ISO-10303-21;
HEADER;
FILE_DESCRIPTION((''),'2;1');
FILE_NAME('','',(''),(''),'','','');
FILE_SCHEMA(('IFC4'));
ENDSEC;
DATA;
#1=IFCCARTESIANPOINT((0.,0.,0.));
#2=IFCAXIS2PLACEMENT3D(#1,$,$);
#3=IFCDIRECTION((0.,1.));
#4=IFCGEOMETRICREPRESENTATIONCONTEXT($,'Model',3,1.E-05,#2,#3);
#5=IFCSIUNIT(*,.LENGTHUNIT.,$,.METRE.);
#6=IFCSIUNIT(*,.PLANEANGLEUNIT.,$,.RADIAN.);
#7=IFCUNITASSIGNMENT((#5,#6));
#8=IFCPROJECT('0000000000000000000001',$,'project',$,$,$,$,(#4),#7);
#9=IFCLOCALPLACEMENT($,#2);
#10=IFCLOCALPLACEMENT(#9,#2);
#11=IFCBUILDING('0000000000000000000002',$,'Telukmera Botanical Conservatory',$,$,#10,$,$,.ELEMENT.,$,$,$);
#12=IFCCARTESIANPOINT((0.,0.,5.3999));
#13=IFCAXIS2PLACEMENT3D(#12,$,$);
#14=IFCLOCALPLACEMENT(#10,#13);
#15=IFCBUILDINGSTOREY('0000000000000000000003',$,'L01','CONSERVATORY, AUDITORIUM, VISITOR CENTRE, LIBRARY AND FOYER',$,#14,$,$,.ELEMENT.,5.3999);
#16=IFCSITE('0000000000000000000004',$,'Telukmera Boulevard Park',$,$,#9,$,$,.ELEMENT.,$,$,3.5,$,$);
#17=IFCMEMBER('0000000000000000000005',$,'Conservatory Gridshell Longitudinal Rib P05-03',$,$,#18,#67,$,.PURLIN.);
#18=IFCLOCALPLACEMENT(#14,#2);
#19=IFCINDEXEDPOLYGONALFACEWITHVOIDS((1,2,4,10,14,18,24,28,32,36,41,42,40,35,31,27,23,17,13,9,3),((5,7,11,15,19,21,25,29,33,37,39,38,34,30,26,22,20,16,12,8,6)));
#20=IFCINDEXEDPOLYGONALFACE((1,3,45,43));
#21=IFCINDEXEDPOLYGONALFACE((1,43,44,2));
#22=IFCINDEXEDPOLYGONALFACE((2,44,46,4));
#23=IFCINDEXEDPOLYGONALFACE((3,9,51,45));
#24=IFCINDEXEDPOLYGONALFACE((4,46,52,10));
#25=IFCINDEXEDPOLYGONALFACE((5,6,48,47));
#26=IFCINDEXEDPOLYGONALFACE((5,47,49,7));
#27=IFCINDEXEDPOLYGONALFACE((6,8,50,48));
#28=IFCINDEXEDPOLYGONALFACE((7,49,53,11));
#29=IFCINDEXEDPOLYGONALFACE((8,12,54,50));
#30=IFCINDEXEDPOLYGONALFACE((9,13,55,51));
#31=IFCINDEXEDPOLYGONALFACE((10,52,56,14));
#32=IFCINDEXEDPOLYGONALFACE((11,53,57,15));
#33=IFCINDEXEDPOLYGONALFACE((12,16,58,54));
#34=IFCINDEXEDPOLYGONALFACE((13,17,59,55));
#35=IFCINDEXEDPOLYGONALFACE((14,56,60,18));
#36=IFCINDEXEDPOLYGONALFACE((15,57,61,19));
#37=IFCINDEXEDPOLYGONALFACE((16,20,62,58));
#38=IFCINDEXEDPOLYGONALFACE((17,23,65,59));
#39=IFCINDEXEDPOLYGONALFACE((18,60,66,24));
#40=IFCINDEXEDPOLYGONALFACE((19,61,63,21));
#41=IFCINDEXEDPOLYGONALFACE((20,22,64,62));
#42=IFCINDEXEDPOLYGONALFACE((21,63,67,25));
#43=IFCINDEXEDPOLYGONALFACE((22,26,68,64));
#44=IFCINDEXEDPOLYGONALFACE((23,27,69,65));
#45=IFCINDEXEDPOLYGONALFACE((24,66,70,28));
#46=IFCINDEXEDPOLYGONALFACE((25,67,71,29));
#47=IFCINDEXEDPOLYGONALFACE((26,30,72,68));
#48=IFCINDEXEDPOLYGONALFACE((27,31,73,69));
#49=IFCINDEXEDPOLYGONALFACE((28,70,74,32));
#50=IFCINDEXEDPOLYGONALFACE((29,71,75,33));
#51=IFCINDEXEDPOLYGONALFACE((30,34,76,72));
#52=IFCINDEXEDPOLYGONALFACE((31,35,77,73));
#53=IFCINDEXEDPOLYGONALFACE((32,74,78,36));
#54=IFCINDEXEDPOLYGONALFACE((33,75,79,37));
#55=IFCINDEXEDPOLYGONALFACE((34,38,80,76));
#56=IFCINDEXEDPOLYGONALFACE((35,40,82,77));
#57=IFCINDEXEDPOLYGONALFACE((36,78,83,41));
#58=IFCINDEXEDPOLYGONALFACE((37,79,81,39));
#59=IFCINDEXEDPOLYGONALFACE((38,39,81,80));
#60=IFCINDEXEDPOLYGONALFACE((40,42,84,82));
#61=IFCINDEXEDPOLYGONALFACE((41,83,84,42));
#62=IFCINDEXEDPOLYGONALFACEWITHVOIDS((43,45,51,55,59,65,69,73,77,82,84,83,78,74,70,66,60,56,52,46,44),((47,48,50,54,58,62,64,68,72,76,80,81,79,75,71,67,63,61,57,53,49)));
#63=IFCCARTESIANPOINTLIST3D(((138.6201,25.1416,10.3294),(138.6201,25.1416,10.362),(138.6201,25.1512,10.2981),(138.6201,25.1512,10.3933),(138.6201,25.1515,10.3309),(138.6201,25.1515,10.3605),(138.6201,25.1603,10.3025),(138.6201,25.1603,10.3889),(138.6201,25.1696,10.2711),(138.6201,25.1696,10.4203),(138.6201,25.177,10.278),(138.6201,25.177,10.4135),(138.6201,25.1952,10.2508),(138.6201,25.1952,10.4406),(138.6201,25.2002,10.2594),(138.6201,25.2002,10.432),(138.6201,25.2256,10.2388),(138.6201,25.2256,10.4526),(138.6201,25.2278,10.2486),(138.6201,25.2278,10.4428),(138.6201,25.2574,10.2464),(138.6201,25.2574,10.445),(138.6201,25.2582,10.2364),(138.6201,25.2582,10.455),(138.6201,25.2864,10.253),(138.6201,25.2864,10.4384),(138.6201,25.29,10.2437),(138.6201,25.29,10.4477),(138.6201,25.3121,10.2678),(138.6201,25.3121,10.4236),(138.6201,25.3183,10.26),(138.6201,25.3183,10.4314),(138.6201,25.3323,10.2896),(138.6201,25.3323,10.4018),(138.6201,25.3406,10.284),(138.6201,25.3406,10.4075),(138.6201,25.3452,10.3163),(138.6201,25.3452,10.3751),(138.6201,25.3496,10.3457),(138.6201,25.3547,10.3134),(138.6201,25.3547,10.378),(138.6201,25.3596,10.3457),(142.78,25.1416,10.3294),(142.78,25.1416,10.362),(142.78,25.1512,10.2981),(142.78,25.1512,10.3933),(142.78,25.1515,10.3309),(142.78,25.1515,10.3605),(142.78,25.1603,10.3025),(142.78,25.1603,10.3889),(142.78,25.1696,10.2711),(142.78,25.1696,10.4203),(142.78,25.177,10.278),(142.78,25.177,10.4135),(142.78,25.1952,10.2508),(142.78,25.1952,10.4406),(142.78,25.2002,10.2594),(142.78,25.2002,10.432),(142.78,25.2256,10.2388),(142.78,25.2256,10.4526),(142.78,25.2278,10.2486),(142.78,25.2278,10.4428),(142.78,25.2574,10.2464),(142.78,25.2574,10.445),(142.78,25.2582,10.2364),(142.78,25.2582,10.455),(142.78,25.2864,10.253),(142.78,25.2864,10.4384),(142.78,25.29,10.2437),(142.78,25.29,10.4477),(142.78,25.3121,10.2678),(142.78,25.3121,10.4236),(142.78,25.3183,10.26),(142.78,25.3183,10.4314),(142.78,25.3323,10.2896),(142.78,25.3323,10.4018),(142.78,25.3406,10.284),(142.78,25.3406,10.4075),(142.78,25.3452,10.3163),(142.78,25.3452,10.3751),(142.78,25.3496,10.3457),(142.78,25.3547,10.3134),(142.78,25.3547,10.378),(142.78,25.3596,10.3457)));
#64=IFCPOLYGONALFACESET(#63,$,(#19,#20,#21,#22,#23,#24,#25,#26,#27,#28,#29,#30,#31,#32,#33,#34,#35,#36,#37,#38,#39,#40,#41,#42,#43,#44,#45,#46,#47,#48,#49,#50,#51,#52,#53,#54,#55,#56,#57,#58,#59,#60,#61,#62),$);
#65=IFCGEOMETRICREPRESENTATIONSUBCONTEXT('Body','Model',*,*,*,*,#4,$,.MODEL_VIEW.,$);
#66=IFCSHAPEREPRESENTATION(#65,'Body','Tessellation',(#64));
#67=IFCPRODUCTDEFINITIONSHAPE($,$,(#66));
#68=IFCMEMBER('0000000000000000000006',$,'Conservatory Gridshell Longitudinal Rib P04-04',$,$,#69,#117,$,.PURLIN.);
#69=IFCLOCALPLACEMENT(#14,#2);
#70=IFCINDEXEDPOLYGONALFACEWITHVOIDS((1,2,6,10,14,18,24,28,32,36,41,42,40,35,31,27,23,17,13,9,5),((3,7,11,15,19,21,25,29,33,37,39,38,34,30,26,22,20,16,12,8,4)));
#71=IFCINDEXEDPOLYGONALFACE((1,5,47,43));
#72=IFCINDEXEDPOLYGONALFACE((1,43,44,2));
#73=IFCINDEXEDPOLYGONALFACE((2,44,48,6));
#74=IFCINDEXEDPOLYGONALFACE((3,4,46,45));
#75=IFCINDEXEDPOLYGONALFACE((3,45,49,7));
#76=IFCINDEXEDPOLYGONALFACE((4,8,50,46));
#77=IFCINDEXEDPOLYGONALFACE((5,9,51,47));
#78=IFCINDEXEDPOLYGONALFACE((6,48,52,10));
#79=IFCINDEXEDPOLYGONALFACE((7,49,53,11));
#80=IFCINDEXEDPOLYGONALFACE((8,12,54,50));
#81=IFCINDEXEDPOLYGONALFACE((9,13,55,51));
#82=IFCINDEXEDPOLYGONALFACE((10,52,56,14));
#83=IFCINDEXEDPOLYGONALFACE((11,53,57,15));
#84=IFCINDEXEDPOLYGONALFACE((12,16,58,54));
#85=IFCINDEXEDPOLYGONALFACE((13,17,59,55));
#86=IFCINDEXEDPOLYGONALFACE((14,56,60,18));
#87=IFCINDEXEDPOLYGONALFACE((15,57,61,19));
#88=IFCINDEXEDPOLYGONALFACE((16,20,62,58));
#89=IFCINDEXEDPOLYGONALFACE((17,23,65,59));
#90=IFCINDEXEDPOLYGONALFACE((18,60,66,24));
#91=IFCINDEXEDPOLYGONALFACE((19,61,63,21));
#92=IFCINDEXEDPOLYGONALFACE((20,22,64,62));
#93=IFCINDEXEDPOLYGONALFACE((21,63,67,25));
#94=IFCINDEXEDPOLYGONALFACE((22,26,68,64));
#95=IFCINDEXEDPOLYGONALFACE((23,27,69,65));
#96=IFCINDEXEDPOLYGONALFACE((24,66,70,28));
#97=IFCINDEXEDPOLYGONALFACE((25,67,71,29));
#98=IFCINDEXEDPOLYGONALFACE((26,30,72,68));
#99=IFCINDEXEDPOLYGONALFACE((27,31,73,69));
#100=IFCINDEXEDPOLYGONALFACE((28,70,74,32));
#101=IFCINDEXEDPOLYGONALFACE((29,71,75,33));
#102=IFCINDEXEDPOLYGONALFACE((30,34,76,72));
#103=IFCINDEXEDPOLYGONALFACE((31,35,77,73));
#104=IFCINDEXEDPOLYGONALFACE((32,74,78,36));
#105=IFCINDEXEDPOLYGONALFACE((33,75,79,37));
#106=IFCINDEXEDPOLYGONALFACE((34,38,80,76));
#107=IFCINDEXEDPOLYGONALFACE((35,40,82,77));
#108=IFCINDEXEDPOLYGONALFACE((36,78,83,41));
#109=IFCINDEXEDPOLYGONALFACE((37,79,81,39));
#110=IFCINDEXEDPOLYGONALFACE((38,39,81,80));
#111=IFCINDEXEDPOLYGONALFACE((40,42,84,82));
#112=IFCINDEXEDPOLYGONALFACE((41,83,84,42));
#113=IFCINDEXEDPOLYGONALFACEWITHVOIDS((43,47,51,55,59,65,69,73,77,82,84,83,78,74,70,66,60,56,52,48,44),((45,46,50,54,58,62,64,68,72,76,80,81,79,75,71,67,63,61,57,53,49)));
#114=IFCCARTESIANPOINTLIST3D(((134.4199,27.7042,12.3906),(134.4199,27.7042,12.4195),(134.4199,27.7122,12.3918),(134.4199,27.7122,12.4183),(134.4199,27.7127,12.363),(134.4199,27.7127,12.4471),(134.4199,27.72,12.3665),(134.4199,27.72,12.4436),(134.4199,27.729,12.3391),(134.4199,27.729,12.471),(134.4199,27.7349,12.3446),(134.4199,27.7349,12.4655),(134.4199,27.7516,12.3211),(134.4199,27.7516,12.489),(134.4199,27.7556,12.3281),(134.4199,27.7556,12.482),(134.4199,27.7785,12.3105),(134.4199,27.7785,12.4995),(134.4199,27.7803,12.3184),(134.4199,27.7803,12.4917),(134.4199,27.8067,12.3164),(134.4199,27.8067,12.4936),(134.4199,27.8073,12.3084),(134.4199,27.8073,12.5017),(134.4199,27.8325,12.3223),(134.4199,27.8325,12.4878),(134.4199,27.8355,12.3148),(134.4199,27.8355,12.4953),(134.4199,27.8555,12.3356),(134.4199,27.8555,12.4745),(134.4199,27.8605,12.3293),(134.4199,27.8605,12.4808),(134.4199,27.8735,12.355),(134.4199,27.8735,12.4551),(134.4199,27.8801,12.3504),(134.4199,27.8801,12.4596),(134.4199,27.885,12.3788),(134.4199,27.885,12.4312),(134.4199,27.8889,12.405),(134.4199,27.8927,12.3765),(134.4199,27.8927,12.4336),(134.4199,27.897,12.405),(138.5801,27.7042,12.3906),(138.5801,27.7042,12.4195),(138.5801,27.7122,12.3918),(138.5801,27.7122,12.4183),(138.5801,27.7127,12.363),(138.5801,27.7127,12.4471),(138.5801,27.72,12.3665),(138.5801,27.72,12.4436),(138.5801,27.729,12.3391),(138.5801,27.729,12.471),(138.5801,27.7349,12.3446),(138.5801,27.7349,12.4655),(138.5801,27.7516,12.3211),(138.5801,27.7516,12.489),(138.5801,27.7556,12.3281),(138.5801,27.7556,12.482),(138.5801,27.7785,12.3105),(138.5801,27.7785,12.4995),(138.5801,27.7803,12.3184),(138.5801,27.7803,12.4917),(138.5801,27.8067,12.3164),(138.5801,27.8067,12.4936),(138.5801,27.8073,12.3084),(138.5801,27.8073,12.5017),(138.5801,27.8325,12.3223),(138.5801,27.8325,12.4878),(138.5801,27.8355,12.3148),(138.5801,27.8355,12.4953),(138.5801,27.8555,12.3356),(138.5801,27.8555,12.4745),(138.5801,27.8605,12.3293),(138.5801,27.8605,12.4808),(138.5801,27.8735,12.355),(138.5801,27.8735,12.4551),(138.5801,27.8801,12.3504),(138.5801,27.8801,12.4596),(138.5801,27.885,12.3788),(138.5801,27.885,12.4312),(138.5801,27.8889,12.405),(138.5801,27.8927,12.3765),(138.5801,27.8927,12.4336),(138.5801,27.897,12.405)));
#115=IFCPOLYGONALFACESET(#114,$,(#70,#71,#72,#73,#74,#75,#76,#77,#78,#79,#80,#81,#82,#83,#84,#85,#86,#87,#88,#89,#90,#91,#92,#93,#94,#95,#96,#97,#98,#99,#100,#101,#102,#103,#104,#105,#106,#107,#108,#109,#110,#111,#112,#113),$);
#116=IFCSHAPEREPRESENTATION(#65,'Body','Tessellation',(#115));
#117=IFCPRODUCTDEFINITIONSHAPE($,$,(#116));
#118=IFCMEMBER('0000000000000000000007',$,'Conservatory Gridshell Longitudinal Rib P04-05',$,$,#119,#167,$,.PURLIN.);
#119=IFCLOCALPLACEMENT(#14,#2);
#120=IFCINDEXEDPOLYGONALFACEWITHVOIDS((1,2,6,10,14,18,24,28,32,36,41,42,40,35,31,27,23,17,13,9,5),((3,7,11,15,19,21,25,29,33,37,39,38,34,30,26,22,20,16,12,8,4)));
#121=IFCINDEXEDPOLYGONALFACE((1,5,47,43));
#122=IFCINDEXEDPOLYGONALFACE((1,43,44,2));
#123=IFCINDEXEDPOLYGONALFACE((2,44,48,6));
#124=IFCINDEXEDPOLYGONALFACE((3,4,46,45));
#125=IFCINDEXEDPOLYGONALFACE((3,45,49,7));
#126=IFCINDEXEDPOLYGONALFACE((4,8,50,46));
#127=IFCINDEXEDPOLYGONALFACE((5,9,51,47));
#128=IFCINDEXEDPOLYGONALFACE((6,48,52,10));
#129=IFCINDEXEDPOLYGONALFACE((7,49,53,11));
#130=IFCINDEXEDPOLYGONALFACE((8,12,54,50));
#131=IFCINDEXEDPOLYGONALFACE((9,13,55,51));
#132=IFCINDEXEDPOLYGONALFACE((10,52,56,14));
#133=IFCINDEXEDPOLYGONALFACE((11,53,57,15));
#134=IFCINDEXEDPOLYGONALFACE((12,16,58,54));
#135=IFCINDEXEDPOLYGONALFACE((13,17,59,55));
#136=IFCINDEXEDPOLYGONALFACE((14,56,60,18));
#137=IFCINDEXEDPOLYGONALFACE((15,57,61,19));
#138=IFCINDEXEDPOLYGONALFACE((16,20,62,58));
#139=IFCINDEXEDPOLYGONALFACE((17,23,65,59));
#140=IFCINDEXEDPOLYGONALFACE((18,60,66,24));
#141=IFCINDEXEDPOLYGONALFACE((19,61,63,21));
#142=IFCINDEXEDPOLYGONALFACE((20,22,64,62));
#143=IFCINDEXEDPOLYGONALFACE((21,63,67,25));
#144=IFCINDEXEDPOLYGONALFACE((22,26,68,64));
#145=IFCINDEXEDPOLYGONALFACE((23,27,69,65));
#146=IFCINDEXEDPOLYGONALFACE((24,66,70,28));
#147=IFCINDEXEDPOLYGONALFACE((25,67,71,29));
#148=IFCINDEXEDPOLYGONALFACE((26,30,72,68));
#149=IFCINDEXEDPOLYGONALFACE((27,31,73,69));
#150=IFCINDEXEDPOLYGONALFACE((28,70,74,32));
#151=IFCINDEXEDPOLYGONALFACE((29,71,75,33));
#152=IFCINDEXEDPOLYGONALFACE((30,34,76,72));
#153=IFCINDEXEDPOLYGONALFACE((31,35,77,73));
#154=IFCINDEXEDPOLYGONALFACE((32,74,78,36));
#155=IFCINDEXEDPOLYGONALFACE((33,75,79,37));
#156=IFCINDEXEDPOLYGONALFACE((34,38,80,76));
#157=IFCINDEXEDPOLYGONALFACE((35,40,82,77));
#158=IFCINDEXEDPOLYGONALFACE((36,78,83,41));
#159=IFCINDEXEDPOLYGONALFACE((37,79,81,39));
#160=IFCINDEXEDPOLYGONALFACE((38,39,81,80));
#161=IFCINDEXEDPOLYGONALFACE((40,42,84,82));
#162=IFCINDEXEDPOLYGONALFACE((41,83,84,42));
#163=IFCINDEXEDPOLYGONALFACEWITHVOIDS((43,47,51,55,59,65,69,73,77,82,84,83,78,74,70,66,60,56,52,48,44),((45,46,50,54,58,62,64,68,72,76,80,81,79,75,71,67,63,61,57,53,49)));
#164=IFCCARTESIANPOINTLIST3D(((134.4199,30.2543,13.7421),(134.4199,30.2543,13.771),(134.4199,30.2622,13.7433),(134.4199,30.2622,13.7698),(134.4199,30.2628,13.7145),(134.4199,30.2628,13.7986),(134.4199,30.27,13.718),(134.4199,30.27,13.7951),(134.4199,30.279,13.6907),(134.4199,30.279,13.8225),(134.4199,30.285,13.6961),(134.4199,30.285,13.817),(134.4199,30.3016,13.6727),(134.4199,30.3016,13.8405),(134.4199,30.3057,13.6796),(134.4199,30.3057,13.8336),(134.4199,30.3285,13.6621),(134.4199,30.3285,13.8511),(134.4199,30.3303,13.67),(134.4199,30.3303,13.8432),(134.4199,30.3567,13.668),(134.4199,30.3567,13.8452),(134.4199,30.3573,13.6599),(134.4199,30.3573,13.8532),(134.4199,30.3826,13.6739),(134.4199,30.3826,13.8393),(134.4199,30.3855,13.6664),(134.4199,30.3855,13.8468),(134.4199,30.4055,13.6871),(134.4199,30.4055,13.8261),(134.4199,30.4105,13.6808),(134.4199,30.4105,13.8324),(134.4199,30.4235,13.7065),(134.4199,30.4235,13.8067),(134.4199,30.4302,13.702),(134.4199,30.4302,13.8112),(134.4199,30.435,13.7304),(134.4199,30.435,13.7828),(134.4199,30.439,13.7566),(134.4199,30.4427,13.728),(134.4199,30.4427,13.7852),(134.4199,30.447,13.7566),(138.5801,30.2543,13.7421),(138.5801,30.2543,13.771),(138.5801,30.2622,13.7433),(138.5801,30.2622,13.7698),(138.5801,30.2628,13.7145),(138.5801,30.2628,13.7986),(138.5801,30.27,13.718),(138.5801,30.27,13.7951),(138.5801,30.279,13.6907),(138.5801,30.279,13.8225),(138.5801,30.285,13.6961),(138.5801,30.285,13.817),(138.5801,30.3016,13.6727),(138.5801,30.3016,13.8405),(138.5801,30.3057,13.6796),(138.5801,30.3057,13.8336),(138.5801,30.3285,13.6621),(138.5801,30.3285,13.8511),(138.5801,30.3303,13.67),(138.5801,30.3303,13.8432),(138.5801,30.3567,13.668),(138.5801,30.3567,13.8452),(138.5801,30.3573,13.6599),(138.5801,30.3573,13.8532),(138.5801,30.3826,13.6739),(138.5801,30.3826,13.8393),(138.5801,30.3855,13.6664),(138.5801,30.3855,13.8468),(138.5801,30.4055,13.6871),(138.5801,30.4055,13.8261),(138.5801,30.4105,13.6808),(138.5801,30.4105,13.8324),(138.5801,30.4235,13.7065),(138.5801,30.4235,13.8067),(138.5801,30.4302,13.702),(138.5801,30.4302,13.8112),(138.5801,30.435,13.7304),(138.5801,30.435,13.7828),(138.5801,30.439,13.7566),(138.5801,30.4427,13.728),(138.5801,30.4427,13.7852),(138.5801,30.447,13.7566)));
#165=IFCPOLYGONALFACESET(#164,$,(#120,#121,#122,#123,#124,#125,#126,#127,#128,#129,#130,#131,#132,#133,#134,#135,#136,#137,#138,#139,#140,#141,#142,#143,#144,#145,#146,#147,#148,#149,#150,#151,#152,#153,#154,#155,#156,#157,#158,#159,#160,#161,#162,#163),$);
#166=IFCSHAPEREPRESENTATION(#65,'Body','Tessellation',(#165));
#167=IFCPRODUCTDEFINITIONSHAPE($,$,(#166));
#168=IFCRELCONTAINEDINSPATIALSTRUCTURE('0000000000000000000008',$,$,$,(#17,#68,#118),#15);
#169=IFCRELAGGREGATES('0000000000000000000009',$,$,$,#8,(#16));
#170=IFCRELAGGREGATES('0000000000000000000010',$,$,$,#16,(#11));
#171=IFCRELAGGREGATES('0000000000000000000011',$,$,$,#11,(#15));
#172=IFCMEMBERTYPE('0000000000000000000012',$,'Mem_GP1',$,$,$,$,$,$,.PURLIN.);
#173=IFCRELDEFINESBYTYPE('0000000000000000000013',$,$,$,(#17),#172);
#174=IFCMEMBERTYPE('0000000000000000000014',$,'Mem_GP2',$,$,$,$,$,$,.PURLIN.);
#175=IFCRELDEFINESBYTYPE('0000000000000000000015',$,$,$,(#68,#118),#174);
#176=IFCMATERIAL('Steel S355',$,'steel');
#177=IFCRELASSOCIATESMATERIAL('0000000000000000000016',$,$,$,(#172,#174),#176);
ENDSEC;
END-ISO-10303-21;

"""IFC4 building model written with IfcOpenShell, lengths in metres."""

from ifc_helpers import new_model, si_unit, direction, frame, origin, origin_2d, place, context, subcontext, project, spatial, hollow_circle, extrude, material, material_profile, profile_set, type_object, element, save


model = new_model("IFC4")

# Units and contexts
model_context = context("Model", 3, precision=1e-05, world=origin(), true_north=direction((0.0, 1.0)))
body_context = subcontext(model_context, "Body", "Model", "MODEL_VIEW")
ifc_project = project(units=[si_unit("LENGTHUNIT", "METRE"), si_unit("PLANEANGLEUNIT", "RADIAN")], contexts=[model_context])

# Site, building, storey
site_placement = place(None, origin())
site = spatial("IfcSite", under=ifc_project, at=site_placement, Name="Telukmera Boulevard Park", CompositionType="ELEMENT", RefElevation=3.5)
building_placement = place(site_placement, origin())
building = spatial("IfcBuilding", under=site, at=building_placement, Name="Telukmera Botanical Conservatory", CompositionType="ELEMENT")
storey_placement = place(building_placement, frame((0.0, 0.0, 5.3999)))
storey = spatial("IfcBuildingStorey", under=building, at=storey_placement, Name="L01", Description="CONSERVATORY, AUDITORIUM, VISITOR CENTRE, LIBRARY AND FOYER", CompositionType="ELEMENT", Elevation=5.3999)

# Shared definitions
ifc_material = material(Name="Steel S355", Category="steel")

# Members
ifc_material_profile_1 = material_profile(ifc_material, hollow_circle(Radius=0.1096, WallThickness=0.01, at=origin_2d()), Name="CHS 219.1x10.0")
ifc_profile_set_1 = profile_set([ifc_material_profile_1], Name="Steel S355")
member_type_1 = type_object("IfcMemberType", Name="Mem_GP1", PredefinedType="PURLIN", material=ifc_profile_set_1)
member_1_placement = place(storey_placement, frame((138.6201, 25.25, 10.3457), z_axis=(1.0, 0.0, 0.0), x_axis=(0.0, 1.0, 0.0)))
element("IfcMember", 1, at=member_1_placement, inside=storey, type_object=member_type_1, Name="Conservatory Gridshell Longitudinal Rib P05-03", PredefinedType="PURLIN", context=body_context, shape_type="SweptSolid", body=[
    extrude(hollow_circle(Radius=0.1096, WallThickness=0.01, at=origin_2d()), origin(), (0.0, 0.0, 1.0), 4.1599),
])
ifc_material_profile_2 = material_profile(ifc_material, hollow_circle(Radius=0.0969, WallThickness=0.0081, at=origin_2d()), Name="CHS 193.7x8.0")
ifc_profile_set_2 = profile_set([ifc_material_profile_2], Name="Steel S355")
member_type_2 = type_object("IfcMemberType", Name="Mem_GP2", PredefinedType="PURLIN", material=ifc_profile_set_2)
for number, where, z_axis, x_axis, name in (
    (2, (134.4199, 27.8, 12.405), (1.0, 0.0, 0.0), (0.0, 1.0, 0.0), "Conservatory Gridshell Longitudinal Rib P04-04"),
    (3, (134.4199, 30.3501, 13.7566), (1.0, 0.0, 0.0), (0.0, 1.0, 0.0), "Conservatory Gridshell Longitudinal Rib P04-05"),
):
    element("IfcMember", number, at=place(storey_placement, frame(where, z_axis=z_axis, x_axis=x_axis)), inside=storey, type_object=member_type_2, Name=name, PredefinedType="PURLIN", context=body_context, shape_type="SweptSolid", body=[
        extrude(hollow_circle(Radius=0.0969, WallThickness=0.0081, at=origin_2d()), origin(), (0.0, 0.0, 1.0), 4.1602),
    ])

save(model, "model.ifc")
